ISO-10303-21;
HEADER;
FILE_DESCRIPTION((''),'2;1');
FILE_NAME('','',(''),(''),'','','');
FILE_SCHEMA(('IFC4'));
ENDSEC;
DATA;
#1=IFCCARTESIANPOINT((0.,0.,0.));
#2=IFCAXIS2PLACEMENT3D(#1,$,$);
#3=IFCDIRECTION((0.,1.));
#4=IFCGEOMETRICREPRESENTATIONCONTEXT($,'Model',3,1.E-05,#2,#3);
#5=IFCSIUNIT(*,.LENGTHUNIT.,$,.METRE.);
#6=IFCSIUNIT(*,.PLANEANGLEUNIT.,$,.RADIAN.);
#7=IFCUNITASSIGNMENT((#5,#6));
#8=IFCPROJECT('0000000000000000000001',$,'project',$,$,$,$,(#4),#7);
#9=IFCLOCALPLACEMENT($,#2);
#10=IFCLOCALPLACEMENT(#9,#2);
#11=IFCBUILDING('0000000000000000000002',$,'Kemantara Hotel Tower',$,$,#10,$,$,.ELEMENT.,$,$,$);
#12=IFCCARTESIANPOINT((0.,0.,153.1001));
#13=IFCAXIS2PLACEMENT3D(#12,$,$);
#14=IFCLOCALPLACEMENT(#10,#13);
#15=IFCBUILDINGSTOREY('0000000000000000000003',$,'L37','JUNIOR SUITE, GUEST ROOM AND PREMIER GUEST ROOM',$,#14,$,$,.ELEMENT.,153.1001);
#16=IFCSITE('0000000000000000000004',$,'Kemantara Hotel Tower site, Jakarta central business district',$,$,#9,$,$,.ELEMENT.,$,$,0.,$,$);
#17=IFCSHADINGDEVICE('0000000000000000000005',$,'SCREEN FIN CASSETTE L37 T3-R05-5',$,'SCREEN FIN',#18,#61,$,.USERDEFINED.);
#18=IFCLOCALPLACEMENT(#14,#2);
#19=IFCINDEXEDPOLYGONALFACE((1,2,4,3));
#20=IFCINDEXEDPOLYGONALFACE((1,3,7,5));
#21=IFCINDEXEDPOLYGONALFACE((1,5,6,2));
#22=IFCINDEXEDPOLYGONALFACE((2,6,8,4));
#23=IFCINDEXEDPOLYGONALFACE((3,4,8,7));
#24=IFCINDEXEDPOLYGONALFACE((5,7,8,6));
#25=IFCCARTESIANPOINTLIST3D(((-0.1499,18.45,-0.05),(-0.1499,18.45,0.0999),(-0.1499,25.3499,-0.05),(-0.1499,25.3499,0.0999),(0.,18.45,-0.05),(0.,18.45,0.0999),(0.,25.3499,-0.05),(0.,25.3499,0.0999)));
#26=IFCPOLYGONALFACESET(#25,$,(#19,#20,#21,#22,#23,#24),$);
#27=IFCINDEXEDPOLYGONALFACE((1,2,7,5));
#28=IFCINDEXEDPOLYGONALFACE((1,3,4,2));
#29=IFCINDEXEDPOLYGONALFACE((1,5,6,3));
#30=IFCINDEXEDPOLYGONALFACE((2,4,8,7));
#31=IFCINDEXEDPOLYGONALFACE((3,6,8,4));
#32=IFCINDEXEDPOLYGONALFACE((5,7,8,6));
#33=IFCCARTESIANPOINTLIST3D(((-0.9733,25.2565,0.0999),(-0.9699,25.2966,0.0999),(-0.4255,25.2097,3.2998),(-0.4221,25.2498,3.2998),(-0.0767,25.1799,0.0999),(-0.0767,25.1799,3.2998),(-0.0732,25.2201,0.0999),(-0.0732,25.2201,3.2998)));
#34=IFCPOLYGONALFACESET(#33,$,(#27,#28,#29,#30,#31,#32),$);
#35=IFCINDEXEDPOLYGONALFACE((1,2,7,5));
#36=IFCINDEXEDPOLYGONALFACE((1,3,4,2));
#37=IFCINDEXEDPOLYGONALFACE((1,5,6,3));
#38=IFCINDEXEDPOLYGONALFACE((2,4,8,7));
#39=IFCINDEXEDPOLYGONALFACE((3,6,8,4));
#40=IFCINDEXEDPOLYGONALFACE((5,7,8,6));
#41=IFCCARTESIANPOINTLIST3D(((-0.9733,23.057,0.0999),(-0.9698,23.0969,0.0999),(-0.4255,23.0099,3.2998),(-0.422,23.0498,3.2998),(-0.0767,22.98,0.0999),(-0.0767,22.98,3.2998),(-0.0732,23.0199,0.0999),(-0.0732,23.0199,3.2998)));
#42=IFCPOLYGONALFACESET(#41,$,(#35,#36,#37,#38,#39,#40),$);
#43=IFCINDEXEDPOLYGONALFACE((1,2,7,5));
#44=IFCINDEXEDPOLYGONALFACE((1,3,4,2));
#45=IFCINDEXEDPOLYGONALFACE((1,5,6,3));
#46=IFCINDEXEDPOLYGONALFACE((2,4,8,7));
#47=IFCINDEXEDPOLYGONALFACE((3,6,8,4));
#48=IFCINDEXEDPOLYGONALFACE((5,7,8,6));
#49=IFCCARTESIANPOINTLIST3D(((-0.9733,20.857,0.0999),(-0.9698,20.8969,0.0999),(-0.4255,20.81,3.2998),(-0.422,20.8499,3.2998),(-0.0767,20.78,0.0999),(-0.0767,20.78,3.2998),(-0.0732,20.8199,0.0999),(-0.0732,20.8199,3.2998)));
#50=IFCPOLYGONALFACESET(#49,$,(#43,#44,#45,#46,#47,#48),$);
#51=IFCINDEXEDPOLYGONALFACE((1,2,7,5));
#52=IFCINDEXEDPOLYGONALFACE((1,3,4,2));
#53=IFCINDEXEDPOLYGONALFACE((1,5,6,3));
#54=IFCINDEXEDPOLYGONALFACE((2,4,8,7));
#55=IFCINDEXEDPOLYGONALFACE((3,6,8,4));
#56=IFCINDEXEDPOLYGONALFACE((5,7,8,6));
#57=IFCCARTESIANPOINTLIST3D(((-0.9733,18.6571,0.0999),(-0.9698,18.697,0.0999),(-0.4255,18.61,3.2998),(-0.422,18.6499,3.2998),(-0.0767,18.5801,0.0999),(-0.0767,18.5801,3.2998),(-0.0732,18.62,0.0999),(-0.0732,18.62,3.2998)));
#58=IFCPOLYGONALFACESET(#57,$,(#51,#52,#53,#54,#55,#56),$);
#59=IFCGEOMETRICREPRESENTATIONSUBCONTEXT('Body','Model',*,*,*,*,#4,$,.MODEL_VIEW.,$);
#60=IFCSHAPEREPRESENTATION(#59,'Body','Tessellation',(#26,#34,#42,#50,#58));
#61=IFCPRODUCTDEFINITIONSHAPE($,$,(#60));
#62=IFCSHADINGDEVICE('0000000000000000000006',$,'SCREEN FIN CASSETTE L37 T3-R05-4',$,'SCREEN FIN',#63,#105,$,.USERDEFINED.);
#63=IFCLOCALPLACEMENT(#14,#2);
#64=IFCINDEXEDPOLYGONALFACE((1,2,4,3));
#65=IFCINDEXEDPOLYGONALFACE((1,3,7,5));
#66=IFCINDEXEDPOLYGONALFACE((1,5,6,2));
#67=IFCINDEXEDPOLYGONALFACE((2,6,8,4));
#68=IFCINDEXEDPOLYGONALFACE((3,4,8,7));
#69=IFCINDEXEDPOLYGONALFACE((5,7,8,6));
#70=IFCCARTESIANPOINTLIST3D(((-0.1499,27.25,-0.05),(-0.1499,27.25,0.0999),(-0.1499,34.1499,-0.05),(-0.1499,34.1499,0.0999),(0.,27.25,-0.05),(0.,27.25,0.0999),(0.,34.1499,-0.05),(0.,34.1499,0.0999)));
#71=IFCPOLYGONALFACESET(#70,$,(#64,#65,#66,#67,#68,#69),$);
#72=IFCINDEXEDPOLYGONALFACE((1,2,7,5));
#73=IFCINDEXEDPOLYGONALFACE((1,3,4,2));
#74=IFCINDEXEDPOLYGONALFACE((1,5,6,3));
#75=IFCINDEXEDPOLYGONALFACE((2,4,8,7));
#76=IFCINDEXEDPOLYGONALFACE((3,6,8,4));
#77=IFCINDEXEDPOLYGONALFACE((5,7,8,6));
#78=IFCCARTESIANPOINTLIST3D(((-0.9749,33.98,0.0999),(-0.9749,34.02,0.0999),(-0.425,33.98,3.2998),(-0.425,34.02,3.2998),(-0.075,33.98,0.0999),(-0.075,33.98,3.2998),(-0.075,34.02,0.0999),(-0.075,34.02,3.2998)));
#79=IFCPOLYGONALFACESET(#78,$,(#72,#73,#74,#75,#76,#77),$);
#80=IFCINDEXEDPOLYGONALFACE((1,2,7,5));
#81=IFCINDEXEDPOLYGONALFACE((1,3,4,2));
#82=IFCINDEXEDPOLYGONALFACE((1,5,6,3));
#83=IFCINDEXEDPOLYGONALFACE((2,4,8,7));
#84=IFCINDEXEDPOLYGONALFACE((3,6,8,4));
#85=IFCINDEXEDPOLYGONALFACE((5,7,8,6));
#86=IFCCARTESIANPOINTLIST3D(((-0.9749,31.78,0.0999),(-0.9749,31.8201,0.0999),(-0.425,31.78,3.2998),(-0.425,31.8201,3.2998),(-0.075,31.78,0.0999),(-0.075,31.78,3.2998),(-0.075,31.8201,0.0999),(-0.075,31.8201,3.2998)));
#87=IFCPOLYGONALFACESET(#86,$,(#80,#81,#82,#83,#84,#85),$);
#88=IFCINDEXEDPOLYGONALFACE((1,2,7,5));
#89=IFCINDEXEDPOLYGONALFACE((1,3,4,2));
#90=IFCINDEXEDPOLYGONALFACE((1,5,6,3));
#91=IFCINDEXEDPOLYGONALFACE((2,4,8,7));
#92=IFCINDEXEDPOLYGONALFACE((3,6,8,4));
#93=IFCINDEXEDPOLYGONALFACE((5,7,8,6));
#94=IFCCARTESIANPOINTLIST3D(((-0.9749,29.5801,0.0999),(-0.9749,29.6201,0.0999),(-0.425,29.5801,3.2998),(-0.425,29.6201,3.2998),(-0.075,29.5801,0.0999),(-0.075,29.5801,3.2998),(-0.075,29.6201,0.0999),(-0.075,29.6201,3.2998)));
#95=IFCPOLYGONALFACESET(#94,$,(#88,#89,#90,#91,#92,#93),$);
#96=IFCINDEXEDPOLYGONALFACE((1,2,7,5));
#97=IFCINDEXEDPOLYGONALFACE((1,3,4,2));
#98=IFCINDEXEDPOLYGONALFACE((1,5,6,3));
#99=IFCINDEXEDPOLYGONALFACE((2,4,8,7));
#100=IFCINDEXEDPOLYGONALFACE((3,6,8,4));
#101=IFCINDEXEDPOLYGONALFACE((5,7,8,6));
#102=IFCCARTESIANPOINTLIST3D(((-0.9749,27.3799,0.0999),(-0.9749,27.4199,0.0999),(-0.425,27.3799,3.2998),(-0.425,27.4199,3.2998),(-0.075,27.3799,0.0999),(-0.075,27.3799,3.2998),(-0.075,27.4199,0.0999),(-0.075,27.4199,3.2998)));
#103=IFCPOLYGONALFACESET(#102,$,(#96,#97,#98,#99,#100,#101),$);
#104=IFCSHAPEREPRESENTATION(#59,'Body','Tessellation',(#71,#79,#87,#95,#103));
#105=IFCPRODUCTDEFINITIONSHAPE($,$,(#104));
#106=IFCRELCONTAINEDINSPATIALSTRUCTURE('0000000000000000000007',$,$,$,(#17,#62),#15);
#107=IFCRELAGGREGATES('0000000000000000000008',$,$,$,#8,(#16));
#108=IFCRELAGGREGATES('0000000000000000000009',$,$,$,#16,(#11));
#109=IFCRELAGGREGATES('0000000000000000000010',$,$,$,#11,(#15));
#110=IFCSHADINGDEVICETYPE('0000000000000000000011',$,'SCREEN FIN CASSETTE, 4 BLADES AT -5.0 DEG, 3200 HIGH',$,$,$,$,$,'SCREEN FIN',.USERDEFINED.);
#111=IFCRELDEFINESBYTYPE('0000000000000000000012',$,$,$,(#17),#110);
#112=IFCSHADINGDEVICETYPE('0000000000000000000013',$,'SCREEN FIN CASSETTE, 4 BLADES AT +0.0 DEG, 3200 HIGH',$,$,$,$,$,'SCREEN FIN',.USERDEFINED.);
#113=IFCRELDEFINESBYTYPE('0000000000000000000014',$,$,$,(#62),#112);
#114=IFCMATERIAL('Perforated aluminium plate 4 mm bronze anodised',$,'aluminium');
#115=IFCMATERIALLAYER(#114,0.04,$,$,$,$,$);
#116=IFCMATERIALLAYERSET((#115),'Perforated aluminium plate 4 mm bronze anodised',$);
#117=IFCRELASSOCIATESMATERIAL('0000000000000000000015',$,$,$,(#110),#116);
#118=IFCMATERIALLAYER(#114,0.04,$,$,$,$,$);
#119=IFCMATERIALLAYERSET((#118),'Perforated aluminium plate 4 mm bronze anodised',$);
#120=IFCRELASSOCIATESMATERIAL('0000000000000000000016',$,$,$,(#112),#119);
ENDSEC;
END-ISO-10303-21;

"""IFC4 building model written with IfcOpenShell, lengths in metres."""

from ifc_helpers import new_model, si_unit, direction, frame, origin, origin_2d, place, context, subcontext, project, spatial, polyline, rectangle, outline, extrude, source, transform, mapped, material, layer, layer_set, type_object, element, save


model = new_model("IFC4")

# Units and contexts
model_context = context("Model", 3, precision=1e-05, world=origin(), true_north=direction((0.0, 1.0)))
body_context = subcontext(model_context, "Body", "Model", "MODEL_VIEW")
ifc_project = project(units=[si_unit("LENGTHUNIT", "METRE"), si_unit("PLANEANGLEUNIT", "RADIAN")], contexts=[model_context])

# Site, building, storey
site_placement = place(None, origin())
site = spatial("IfcSite", under=ifc_project, at=site_placement, Name="Kemantara Hotel Tower site, Jakarta central business district", CompositionType="ELEMENT", RefElevation=0.0)
building_placement = place(site_placement, origin())
building = spatial("IfcBuilding", under=site, at=building_placement, Name="Kemantara Hotel Tower", CompositionType="ELEMENT")
storey_placement = place(building_placement, frame((0.0, 0.0, 153.1001)))
storey = spatial("IfcBuildingStorey", under=building, at=storey_placement, Name="L37", Description="JUNIOR SUITE, GUEST ROOM AND PREMIER GUEST ROOM", CompositionType="ELEMENT", Elevation=153.1001)

# Shading devices
ifc_material_1 = material(Name="Perforated aluminium plate 4 mm bronze anodised", Category="aluminium")
ifc_layer_1 = layer(ifc_material_1, 0.04)
ifc_layer_set_1 = layer_set([ifc_layer_1], Name="Perforated aluminium plate 4 mm bronze anodised")
shading_device_type_1 = type_object("IfcShadingDeviceType", Name="SCREEN FIN CASSETTE, 4 BLADES AT -5.0 DEG, 3200 HIGH", ElementType="SCREEN FIN", PredefinedType="USERDEFINED", material=ifc_layer_set_1)
shared_shape_1 = source(origin(), body_context, "Body", "SweptSolid", [
    extrude(rectangle(XDim=6.8999, YDim=0.1499, at=origin_2d()), frame((3.3, -0.075, -0.1499), z_axis=(0.0, 0.0, 1.0), x_axis=(1.0, 0.0, 0.0)), (0.0, 0.0, 1.0), 0.1499),
    extrude(outline(polyline([(0.0, 0.0), (0.8999, 0.0), (0.3501, 3.2), (0.0, 3.2), (0.0, 0.0)])), frame((0.02, -0.0767, 0.0), z_axis=(-0.996376, 0.085056, 0.0), x_axis=(-0.085056, -0.996376, 0.0)), (0.0, 0.0, 1.0), 0.0403),
    extrude(outline(polyline([(0.0, 0.0), (0.8999, 0.0), (0.3501, 3.2), (0.0, 3.2), (0.0, 0.0)])), frame((2.22, -0.0767, 0.0), z_axis=(-0.996332, 0.085575, 0.0), x_axis=(-0.085575, -0.996332, 0.0)), (0.0, 0.0, 1.0), 0.04),
    extrude(outline(polyline([(0.0, 0.0), (0.8999, 0.0), (0.3501, 3.2), (0.0, 3.2), (0.0, 0.0)])), frame((4.4199, -0.0767, 0.0), z_axis=(-0.996332, 0.085575, 0.0), x_axis=(-0.085575, -0.996332, 0.0)), (0.0, 0.0, 1.0), 0.04),
    extrude(outline(polyline([(0.0, 0.0), (0.8999, 0.0), (0.3501, 3.2), (0.0, 3.2), (0.0, 0.0)])), frame((6.6199, -0.0767, 0.0), z_axis=(-0.996332, 0.085575, 0.0), x_axis=(-0.085575, -0.996332, 0.0)), (0.0, 0.0, 1.0), 0.04),
])
shading_device_1_placement = place(storey_placement, frame((0.0, 25.2, 0.0999), z_axis=(0.0, 0.0, 1.0), x_axis=(0.0, -1.0, 0.0)))
element("IfcShadingDevice", 1, at=shading_device_1_placement, inside=storey, type_object=shading_device_type_1, Name="SCREEN FIN CASSETTE L37 T3-R05-5", ObjectType="SCREEN FIN", PredefinedType="USERDEFINED", context=body_context, shape_type="MappedRepresentation", body=[
    mapped(shared_shape_1, transform((0.0, 0.0, 0.0))),
])
ifc_layer_2 = layer(ifc_material_1, 0.04)
ifc_layer_set_2 = layer_set([ifc_layer_2], Name="Perforated aluminium plate 4 mm bronze anodised")
shading_device_type_2 = type_object("IfcShadingDeviceType", Name="SCREEN FIN CASSETTE, 4 BLADES AT +0.0 DEG, 3200 HIGH", ElementType="SCREEN FIN", PredefinedType="USERDEFINED", material=ifc_layer_set_2)
shared_shape_2 = source(origin(), body_context, "Body", "SweptSolid", [
    extrude(rectangle(XDim=6.8999, YDim=0.1499, at=origin_2d()), frame((3.3, -0.075, -0.1499), z_axis=(0.0, 0.0, 1.0), x_axis=(1.0, 0.0, 0.0)), (0.0, 0.0, 1.0), 0.1499),
    extrude(outline(polyline([(0.0, 0.0), (0.8999, 0.0), (0.3501, 3.2), (0.0, 3.2), (0.0, 0.0)])), frame((0.02, -0.075, 0.0), z_axis=(-1.0, 0.0, 0.0), x_axis=(0.0, -1.0, 0.0)), (0.0, 0.0, 1.0), 0.04),
    extrude(outline(polyline([(0.0, 0.0), (0.8999, 0.0), (0.3501, 3.2), (0.0, 3.2), (0.0, 0.0)])), frame((2.22, -0.075, 0.0), z_axis=(-1.0, 0.0, 0.0), x_axis=(0.0, -1.0, 0.0)), (0.0, 0.0, 1.0), 0.04),
    extrude(outline(polyline([(0.0, 0.0), (0.8999, 0.0), (0.3501, 3.2), (0.0, 3.2), (0.0, 0.0)])), frame((4.4199, -0.075, 0.0), z_axis=(-1.0, 0.0, 0.0), x_axis=(0.0, -1.0, 0.0)), (0.0, 0.0, 1.0), 0.04),
    extrude(outline(polyline([(0.0, 0.0), (0.8999, 0.0), (0.3501, 3.2), (0.0, 3.2), (0.0, 0.0)])), frame((6.6201, -0.075, 0.0), z_axis=(-1.0, 0.0, 0.0), x_axis=(0.0, -1.0, 0.0)), (0.0, 0.0, 1.0), 0.04),
])
shading_device_2_placement = place(storey_placement, frame((0.0, 34.0, 0.0999), z_axis=(0.0, 0.0, 1.0), x_axis=(0.0, -1.0, 0.0)))
element("IfcShadingDevice", 2, at=shading_device_2_placement, inside=storey, type_object=shading_device_type_2, Name="SCREEN FIN CASSETTE L37 T3-R05-4", ObjectType="SCREEN FIN", PredefinedType="USERDEFINED", context=body_context, shape_type="MappedRepresentation", body=[
    mapped(shared_shape_2, transform((0.0, 0.0, 0.0))),
])

save(model, "model.ifc")
